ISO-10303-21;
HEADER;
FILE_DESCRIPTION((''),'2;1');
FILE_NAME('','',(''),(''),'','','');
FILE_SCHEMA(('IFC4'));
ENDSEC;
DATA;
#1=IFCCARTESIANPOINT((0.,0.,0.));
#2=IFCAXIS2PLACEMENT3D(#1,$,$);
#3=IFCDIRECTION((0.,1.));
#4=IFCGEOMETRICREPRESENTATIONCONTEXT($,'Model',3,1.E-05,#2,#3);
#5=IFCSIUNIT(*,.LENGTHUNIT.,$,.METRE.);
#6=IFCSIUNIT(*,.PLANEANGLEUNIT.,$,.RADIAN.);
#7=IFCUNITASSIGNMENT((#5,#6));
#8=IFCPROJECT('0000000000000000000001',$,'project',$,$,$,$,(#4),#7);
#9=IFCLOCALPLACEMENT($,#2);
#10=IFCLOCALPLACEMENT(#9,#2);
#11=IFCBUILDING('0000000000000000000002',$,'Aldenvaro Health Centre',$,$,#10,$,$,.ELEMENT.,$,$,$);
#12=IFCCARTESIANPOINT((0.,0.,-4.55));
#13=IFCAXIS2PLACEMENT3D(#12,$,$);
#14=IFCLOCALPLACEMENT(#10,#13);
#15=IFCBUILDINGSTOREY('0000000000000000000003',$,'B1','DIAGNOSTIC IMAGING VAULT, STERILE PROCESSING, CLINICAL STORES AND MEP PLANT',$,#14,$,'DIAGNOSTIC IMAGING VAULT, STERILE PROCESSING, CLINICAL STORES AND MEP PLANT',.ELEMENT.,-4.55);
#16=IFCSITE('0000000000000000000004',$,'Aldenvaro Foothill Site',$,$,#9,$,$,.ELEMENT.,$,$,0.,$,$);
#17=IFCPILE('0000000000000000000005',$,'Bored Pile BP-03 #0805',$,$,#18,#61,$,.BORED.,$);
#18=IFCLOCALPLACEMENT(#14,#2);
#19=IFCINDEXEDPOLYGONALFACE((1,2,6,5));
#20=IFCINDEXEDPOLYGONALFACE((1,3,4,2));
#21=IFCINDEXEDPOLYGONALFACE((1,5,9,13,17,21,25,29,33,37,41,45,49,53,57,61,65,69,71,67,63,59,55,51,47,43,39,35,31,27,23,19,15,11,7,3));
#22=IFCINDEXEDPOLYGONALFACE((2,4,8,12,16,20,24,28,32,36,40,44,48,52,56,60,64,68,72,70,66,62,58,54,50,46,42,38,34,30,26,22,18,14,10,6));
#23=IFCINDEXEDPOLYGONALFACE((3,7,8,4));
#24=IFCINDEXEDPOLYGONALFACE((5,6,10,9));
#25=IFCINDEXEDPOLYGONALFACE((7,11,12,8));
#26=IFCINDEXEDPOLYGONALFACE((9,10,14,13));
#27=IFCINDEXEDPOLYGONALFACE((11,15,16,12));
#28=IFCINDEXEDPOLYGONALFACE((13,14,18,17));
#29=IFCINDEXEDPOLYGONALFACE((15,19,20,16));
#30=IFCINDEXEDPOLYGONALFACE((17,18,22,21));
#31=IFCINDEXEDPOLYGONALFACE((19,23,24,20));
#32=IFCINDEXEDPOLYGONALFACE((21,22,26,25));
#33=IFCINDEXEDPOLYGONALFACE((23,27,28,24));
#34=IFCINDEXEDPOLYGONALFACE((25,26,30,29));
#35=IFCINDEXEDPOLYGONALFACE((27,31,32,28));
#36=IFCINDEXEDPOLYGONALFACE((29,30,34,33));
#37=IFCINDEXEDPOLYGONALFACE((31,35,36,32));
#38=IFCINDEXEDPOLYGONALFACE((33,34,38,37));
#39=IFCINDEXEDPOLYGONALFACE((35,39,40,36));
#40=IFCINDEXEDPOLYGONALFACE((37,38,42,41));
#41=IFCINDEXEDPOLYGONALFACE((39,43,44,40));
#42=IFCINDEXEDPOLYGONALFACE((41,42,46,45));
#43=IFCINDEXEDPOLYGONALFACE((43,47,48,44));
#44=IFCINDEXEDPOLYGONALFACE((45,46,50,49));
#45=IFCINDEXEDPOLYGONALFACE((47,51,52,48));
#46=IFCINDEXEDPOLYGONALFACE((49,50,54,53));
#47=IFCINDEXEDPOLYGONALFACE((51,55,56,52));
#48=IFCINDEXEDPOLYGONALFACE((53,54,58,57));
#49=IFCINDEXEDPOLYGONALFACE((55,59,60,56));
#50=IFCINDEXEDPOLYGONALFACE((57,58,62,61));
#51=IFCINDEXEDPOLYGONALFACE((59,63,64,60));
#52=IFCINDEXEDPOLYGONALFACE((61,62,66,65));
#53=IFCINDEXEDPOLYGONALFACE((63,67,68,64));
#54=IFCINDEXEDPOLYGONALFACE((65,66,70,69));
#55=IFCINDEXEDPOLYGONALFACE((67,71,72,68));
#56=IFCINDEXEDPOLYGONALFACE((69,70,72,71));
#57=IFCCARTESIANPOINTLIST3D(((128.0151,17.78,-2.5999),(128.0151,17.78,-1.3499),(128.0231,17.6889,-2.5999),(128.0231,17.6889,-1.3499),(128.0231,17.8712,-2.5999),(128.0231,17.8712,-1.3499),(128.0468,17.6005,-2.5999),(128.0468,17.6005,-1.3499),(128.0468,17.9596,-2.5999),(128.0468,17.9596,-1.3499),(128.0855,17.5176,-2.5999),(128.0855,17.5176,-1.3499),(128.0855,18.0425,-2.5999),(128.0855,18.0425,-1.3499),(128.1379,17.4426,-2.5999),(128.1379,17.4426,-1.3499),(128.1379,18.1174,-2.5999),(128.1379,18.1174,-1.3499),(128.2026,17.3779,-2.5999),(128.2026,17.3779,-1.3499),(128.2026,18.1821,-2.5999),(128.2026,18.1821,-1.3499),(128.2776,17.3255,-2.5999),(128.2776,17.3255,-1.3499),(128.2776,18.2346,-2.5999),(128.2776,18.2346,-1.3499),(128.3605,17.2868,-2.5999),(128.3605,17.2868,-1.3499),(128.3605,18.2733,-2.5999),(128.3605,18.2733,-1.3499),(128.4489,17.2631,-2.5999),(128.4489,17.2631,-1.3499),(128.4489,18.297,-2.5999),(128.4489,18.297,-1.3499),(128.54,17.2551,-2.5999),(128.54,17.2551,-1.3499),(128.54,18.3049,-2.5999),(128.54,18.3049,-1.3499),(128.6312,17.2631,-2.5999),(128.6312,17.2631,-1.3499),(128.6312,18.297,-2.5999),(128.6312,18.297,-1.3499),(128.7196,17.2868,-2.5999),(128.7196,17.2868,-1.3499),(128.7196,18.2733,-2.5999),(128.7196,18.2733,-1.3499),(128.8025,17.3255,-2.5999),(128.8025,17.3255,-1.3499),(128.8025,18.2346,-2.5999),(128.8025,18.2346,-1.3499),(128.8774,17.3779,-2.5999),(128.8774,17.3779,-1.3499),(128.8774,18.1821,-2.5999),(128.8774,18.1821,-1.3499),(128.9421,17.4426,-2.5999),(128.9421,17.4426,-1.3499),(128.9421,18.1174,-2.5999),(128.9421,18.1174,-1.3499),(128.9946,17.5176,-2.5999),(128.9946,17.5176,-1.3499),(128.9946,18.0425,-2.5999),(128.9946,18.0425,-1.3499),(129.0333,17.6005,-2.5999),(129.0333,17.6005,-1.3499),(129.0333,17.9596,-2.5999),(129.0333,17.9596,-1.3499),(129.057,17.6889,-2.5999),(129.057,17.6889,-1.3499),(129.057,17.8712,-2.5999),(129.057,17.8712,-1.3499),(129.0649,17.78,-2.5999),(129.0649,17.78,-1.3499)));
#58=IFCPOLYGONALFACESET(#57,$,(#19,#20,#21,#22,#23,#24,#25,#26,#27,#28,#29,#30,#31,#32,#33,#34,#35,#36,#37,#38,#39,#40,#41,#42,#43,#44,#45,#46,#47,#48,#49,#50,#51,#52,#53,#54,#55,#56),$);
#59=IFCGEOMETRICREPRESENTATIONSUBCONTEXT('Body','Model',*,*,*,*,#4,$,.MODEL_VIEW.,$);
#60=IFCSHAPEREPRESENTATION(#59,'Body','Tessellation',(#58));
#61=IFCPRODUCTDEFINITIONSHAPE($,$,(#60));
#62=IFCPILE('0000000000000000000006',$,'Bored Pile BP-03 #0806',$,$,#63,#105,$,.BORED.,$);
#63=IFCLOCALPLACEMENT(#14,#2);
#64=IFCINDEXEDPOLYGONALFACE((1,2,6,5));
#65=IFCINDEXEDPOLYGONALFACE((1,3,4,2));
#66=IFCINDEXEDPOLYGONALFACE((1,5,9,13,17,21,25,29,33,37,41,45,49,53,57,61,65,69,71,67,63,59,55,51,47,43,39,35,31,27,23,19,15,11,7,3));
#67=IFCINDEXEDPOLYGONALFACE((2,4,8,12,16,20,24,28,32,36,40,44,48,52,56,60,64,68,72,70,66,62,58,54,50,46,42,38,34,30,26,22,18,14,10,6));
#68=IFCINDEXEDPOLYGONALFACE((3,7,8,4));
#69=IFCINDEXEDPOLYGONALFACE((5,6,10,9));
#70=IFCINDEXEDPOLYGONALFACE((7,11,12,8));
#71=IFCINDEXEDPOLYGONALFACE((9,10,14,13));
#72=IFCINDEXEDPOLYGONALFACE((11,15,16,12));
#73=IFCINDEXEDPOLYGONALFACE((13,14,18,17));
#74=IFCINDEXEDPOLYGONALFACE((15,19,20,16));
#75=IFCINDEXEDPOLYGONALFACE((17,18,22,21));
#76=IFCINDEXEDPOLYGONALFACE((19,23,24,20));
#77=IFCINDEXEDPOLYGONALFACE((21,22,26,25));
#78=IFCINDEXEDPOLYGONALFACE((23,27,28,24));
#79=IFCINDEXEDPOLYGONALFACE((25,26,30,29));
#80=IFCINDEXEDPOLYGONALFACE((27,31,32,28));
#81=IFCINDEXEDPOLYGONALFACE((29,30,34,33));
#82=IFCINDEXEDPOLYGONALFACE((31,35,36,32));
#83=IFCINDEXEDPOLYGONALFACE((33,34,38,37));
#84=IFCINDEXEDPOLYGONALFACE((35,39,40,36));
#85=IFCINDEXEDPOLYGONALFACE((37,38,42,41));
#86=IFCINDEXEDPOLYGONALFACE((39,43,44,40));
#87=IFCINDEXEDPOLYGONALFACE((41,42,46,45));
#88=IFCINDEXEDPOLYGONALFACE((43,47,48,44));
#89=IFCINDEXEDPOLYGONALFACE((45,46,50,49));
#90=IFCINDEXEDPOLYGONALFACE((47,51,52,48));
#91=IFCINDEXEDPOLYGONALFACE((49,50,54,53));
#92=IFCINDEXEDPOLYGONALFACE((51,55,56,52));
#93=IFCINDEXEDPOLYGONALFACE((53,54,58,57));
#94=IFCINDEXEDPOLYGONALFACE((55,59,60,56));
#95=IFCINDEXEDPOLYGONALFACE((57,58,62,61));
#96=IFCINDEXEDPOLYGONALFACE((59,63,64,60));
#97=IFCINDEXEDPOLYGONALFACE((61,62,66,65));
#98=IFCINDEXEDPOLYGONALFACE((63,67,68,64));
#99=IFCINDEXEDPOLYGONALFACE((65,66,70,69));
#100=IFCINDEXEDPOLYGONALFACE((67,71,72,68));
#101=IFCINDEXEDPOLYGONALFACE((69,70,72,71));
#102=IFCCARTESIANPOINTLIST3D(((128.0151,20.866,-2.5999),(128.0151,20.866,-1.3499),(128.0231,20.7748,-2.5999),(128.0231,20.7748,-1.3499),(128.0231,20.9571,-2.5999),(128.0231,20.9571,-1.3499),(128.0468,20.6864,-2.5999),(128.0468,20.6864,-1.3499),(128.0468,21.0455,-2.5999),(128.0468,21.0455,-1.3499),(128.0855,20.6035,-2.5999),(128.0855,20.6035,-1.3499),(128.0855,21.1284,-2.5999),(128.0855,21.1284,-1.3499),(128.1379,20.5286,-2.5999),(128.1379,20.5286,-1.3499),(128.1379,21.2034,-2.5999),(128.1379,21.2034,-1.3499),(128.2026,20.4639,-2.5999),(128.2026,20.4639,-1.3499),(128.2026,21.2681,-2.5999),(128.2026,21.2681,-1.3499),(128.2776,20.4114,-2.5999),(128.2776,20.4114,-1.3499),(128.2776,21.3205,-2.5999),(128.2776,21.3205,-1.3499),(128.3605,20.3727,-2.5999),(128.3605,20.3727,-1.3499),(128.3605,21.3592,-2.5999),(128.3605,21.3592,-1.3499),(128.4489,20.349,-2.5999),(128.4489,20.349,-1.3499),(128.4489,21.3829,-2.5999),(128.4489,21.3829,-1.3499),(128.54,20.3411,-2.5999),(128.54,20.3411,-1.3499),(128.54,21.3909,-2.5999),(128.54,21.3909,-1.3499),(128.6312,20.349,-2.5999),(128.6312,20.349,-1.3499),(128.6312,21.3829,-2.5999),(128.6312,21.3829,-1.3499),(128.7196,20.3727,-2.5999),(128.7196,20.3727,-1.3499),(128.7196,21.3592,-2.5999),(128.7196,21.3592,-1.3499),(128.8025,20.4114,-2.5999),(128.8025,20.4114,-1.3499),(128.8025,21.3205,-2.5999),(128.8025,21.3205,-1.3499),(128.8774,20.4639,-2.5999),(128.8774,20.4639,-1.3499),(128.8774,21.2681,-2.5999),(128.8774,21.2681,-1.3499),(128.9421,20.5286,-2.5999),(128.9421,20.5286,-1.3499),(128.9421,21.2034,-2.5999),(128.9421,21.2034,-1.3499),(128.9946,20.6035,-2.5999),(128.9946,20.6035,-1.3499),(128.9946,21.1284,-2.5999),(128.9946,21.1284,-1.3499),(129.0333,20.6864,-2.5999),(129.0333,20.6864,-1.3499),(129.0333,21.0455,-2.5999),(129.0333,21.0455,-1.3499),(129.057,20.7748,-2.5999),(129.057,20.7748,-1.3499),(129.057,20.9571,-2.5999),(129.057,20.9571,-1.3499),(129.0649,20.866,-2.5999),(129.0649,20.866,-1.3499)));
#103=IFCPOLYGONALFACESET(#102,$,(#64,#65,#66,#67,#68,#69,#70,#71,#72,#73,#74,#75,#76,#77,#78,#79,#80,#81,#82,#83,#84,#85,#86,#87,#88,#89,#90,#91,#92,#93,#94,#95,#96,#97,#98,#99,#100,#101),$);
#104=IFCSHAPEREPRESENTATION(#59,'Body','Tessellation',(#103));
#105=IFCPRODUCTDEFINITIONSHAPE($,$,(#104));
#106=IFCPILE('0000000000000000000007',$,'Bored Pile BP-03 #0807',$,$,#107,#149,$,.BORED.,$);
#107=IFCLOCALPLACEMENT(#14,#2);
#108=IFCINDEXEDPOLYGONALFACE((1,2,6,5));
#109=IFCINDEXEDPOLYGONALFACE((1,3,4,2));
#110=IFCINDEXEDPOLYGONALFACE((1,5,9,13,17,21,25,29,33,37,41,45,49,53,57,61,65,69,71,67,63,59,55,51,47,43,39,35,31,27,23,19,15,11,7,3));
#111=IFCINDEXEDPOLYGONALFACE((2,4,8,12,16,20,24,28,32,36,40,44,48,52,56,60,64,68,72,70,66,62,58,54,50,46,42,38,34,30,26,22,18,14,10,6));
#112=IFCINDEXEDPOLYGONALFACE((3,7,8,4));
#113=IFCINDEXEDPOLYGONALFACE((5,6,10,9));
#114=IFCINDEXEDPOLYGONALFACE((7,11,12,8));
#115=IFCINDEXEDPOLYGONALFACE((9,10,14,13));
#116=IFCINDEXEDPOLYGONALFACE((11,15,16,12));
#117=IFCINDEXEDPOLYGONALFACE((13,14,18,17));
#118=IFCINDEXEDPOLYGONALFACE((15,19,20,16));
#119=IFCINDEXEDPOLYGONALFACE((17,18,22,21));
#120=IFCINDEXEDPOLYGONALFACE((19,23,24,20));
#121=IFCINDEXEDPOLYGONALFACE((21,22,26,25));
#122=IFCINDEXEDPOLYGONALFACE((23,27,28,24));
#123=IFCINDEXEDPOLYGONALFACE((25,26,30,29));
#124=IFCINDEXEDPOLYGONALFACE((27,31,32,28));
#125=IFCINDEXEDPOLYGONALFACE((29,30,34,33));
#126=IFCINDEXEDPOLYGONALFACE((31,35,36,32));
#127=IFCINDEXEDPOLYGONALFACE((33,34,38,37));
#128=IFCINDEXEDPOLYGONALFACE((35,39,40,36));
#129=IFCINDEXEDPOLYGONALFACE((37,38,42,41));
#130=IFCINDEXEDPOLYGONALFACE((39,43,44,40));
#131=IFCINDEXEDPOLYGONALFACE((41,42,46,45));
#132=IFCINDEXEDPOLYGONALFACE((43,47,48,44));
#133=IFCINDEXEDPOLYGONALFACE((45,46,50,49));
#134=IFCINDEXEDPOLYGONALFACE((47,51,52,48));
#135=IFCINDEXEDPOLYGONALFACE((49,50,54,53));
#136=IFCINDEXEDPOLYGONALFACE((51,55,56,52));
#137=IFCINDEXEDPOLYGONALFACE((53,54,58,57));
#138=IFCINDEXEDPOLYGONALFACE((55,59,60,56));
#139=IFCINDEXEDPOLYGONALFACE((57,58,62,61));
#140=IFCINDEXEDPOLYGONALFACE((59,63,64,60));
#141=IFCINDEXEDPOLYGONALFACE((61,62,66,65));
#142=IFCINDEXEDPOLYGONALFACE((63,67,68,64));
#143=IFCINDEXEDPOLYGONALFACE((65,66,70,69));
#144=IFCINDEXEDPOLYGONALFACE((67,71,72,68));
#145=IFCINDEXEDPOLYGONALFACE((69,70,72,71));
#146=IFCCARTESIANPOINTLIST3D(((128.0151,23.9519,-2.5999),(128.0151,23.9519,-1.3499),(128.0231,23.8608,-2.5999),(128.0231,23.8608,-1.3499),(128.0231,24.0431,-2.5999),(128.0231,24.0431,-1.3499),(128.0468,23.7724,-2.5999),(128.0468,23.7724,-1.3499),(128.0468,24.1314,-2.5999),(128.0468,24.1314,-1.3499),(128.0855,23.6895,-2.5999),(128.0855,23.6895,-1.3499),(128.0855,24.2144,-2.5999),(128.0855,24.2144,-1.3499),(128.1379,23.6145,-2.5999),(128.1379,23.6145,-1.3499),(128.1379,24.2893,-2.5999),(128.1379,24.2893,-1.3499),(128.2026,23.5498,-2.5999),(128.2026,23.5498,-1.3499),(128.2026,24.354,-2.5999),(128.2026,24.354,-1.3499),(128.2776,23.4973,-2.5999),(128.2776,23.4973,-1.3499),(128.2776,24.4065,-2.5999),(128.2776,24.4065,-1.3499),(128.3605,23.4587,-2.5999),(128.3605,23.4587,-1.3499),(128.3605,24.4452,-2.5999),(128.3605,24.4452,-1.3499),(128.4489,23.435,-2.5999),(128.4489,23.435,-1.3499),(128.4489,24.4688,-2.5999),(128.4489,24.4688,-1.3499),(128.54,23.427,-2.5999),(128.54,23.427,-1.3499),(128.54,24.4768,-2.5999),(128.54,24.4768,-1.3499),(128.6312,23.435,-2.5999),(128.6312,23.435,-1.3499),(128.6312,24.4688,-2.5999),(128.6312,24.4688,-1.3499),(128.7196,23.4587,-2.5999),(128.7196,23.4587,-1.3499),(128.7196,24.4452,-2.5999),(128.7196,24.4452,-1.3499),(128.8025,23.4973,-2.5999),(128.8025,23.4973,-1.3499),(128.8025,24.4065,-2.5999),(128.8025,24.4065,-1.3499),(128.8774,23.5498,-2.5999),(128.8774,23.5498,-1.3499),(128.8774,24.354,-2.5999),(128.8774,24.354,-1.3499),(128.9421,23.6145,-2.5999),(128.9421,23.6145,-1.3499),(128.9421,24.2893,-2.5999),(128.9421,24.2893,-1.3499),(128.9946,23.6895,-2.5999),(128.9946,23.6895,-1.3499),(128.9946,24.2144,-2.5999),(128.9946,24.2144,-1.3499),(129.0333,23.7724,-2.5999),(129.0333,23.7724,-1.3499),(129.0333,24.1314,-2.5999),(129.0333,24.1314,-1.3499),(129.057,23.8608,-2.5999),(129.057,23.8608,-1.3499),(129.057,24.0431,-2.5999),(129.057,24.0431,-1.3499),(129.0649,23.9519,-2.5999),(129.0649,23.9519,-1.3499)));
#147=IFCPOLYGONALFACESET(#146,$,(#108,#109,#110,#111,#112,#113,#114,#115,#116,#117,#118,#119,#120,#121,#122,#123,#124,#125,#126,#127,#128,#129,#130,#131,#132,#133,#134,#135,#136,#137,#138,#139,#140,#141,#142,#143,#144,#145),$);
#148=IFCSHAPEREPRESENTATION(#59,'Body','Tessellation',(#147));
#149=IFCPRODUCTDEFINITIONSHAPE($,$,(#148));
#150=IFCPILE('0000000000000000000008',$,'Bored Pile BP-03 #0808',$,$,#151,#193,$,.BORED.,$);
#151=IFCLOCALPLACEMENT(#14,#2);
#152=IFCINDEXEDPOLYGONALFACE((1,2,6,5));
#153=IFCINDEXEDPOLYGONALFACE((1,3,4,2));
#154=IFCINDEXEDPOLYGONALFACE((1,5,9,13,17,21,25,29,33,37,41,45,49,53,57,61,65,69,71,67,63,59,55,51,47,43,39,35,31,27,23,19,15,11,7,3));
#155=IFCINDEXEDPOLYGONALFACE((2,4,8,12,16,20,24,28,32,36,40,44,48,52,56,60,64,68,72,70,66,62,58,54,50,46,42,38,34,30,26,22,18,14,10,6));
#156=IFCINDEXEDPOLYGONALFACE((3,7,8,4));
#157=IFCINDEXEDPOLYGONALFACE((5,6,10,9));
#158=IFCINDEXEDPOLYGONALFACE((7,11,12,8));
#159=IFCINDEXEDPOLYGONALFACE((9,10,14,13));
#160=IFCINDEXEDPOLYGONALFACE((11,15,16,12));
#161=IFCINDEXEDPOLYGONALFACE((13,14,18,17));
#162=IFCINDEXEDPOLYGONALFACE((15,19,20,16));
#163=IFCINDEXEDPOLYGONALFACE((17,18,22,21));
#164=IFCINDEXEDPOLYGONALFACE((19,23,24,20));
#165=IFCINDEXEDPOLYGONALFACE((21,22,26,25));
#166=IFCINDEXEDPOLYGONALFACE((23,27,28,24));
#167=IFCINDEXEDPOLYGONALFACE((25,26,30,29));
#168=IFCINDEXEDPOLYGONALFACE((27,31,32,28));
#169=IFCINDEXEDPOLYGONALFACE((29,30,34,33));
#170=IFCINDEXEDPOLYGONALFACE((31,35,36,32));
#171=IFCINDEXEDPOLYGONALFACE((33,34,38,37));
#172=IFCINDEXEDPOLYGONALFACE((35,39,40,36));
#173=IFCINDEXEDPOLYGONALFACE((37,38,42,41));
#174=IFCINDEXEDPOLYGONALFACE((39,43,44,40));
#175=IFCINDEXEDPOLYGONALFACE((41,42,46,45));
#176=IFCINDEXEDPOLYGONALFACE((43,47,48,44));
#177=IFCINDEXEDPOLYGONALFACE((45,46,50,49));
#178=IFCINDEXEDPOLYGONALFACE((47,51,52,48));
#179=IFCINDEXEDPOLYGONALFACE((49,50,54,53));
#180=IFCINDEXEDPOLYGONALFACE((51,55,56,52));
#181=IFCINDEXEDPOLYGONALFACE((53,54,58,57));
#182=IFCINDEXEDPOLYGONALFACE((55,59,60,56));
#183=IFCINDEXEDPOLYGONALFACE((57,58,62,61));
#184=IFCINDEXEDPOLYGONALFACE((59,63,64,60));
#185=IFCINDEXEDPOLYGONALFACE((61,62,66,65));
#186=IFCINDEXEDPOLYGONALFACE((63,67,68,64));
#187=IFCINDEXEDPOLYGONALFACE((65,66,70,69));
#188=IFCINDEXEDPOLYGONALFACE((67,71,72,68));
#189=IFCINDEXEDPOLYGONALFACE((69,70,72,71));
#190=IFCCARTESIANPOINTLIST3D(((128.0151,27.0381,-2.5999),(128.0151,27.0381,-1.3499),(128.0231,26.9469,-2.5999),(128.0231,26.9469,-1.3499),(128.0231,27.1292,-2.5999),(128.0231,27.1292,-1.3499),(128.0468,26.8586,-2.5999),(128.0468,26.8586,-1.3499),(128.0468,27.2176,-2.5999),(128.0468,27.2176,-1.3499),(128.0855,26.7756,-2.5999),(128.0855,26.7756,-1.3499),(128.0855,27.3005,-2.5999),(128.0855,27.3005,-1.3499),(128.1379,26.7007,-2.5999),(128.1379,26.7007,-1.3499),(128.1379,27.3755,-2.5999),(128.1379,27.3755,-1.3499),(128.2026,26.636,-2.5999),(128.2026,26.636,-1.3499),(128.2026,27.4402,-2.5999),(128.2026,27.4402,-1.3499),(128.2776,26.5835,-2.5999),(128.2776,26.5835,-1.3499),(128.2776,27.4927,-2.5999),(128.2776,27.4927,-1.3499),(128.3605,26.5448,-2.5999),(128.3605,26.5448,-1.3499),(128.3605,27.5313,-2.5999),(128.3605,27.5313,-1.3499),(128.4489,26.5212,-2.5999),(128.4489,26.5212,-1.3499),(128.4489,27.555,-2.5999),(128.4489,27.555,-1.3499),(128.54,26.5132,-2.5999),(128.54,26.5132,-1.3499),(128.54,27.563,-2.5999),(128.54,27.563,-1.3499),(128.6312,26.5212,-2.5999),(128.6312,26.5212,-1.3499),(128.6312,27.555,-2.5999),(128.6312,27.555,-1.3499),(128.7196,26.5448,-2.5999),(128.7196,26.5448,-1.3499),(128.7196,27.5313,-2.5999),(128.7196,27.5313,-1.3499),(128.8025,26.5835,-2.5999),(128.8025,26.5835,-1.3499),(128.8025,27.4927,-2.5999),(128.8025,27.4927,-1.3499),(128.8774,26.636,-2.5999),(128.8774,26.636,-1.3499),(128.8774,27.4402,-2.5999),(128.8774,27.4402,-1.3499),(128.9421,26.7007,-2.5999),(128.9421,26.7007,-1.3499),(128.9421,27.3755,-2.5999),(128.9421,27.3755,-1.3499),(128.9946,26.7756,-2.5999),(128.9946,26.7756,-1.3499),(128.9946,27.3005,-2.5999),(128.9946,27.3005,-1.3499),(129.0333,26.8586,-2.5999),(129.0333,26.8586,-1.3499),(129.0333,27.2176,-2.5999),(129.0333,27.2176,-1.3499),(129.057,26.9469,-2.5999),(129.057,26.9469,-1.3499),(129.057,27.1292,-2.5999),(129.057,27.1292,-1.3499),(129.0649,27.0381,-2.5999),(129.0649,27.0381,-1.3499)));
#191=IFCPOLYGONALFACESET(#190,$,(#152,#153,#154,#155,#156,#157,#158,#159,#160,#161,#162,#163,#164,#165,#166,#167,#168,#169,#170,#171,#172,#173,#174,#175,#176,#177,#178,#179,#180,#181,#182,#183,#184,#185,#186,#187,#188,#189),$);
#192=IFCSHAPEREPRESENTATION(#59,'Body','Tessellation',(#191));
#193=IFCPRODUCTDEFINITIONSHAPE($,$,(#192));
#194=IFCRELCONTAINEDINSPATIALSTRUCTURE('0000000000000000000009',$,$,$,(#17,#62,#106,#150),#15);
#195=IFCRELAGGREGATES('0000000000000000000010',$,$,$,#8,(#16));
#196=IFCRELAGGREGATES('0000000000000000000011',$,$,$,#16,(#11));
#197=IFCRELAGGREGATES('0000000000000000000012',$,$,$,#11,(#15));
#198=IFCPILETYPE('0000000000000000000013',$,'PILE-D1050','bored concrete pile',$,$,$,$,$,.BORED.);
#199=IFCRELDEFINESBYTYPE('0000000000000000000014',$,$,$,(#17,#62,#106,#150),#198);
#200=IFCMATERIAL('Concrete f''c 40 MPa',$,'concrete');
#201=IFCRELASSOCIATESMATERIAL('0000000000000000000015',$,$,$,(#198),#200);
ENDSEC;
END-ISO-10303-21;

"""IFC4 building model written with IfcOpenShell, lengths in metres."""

from ifc_helpers import new_model, si_unit, direction, frame, origin, origin_2d, place, context, subcontext, project, spatial, circle, extrude, material, material_profile, profile_set, type_object, element, save


model = new_model("IFC4")

# Units and contexts
model_context = context("Model", 3, precision=1e-05, world=origin(), true_north=direction((0.0, 1.0)))
body_context = subcontext(model_context, "Body", "Model", "MODEL_VIEW")
ifc_project = project(units=[si_unit("LENGTHUNIT", "METRE"), si_unit("PLANEANGLEUNIT", "RADIAN")], contexts=[model_context])

# Site, building, storey
site_placement = place(None, origin())
site = spatial("IfcSite", under=ifc_project, at=site_placement, Name="Aldenvaro Foothill Site", CompositionType="ELEMENT", RefElevation=0.0)
building_placement = place(site_placement, origin())
building = spatial("IfcBuilding", under=site, at=building_placement, Name="Aldenvaro Health Centre", CompositionType="ELEMENT")
storey_placement = place(building_placement, frame((0.0, 0.0, -4.55)))
storey = spatial("IfcBuildingStorey", under=building, at=storey_placement, Name="B1", Description="DIAGNOSTIC IMAGING VAULT, STERILE PROCESSING, CLINICAL STORES AND MEP PLANT", LongName="DIAGNOSTIC IMAGING VAULT, STERILE PROCESSING, CLINICAL STORES AND MEP PLANT", CompositionType="ELEMENT", Elevation=-4.55)

# Piles
ifc_material_1 = material(Name="Concrete f'c 40 MPa", Category="concrete")
ifc_material_profile_1 = material_profile(ifc_material_1, circle(Radius=0.5249, at=origin_2d()), Name="PILE D1050", Category="concrete")
ifc_profile_set_1 = profile_set([ifc_material_profile_1], Name="Concrete f'c 40 MPa")
pile_type_1 = type_object("IfcPileType", Name="PILE-D1050", Description="bored concrete pile", PredefinedType="BORED", material=ifc_profile_set_1)
for number, where, z_axis, x_axis, name in (
    (1, (128.54, 17.78, -1.3499), (0.0, 0.0, -1.0), (1.0, 0.0, 0.0), "Bored Pile BP-03 #0805"),
    (2, (128.54, 20.866, -1.3499), (0.0, 0.0, -1.0), (1.0, 0.0, 0.0), "Bored Pile BP-03 #0806"),
    (3, (128.54, 23.9519, -1.3499), (0.0, 0.0, -1.0), (1.0, 0.0, 0.0), "Bored Pile BP-03 #0807"),
    (4, (128.54, 27.0381, -1.3499), (0.0, 0.0, -1.0), (1.0, 0.0, 0.0), "Bored Pile BP-03 #0808"),
):
    element("IfcPile", number, at=place(storey_placement, frame(where, z_axis=z_axis, x_axis=x_axis)), inside=storey, type_object=pile_type_1, Name=name, PredefinedType="BORED", context=body_context, shape_type="SweptSolid", body=[
        extrude(circle(Radius=0.5249, at=origin_2d()), origin(), (0.0, 0.0, 1.0), 1.25),
    ])

save(model, "model.ifc")
